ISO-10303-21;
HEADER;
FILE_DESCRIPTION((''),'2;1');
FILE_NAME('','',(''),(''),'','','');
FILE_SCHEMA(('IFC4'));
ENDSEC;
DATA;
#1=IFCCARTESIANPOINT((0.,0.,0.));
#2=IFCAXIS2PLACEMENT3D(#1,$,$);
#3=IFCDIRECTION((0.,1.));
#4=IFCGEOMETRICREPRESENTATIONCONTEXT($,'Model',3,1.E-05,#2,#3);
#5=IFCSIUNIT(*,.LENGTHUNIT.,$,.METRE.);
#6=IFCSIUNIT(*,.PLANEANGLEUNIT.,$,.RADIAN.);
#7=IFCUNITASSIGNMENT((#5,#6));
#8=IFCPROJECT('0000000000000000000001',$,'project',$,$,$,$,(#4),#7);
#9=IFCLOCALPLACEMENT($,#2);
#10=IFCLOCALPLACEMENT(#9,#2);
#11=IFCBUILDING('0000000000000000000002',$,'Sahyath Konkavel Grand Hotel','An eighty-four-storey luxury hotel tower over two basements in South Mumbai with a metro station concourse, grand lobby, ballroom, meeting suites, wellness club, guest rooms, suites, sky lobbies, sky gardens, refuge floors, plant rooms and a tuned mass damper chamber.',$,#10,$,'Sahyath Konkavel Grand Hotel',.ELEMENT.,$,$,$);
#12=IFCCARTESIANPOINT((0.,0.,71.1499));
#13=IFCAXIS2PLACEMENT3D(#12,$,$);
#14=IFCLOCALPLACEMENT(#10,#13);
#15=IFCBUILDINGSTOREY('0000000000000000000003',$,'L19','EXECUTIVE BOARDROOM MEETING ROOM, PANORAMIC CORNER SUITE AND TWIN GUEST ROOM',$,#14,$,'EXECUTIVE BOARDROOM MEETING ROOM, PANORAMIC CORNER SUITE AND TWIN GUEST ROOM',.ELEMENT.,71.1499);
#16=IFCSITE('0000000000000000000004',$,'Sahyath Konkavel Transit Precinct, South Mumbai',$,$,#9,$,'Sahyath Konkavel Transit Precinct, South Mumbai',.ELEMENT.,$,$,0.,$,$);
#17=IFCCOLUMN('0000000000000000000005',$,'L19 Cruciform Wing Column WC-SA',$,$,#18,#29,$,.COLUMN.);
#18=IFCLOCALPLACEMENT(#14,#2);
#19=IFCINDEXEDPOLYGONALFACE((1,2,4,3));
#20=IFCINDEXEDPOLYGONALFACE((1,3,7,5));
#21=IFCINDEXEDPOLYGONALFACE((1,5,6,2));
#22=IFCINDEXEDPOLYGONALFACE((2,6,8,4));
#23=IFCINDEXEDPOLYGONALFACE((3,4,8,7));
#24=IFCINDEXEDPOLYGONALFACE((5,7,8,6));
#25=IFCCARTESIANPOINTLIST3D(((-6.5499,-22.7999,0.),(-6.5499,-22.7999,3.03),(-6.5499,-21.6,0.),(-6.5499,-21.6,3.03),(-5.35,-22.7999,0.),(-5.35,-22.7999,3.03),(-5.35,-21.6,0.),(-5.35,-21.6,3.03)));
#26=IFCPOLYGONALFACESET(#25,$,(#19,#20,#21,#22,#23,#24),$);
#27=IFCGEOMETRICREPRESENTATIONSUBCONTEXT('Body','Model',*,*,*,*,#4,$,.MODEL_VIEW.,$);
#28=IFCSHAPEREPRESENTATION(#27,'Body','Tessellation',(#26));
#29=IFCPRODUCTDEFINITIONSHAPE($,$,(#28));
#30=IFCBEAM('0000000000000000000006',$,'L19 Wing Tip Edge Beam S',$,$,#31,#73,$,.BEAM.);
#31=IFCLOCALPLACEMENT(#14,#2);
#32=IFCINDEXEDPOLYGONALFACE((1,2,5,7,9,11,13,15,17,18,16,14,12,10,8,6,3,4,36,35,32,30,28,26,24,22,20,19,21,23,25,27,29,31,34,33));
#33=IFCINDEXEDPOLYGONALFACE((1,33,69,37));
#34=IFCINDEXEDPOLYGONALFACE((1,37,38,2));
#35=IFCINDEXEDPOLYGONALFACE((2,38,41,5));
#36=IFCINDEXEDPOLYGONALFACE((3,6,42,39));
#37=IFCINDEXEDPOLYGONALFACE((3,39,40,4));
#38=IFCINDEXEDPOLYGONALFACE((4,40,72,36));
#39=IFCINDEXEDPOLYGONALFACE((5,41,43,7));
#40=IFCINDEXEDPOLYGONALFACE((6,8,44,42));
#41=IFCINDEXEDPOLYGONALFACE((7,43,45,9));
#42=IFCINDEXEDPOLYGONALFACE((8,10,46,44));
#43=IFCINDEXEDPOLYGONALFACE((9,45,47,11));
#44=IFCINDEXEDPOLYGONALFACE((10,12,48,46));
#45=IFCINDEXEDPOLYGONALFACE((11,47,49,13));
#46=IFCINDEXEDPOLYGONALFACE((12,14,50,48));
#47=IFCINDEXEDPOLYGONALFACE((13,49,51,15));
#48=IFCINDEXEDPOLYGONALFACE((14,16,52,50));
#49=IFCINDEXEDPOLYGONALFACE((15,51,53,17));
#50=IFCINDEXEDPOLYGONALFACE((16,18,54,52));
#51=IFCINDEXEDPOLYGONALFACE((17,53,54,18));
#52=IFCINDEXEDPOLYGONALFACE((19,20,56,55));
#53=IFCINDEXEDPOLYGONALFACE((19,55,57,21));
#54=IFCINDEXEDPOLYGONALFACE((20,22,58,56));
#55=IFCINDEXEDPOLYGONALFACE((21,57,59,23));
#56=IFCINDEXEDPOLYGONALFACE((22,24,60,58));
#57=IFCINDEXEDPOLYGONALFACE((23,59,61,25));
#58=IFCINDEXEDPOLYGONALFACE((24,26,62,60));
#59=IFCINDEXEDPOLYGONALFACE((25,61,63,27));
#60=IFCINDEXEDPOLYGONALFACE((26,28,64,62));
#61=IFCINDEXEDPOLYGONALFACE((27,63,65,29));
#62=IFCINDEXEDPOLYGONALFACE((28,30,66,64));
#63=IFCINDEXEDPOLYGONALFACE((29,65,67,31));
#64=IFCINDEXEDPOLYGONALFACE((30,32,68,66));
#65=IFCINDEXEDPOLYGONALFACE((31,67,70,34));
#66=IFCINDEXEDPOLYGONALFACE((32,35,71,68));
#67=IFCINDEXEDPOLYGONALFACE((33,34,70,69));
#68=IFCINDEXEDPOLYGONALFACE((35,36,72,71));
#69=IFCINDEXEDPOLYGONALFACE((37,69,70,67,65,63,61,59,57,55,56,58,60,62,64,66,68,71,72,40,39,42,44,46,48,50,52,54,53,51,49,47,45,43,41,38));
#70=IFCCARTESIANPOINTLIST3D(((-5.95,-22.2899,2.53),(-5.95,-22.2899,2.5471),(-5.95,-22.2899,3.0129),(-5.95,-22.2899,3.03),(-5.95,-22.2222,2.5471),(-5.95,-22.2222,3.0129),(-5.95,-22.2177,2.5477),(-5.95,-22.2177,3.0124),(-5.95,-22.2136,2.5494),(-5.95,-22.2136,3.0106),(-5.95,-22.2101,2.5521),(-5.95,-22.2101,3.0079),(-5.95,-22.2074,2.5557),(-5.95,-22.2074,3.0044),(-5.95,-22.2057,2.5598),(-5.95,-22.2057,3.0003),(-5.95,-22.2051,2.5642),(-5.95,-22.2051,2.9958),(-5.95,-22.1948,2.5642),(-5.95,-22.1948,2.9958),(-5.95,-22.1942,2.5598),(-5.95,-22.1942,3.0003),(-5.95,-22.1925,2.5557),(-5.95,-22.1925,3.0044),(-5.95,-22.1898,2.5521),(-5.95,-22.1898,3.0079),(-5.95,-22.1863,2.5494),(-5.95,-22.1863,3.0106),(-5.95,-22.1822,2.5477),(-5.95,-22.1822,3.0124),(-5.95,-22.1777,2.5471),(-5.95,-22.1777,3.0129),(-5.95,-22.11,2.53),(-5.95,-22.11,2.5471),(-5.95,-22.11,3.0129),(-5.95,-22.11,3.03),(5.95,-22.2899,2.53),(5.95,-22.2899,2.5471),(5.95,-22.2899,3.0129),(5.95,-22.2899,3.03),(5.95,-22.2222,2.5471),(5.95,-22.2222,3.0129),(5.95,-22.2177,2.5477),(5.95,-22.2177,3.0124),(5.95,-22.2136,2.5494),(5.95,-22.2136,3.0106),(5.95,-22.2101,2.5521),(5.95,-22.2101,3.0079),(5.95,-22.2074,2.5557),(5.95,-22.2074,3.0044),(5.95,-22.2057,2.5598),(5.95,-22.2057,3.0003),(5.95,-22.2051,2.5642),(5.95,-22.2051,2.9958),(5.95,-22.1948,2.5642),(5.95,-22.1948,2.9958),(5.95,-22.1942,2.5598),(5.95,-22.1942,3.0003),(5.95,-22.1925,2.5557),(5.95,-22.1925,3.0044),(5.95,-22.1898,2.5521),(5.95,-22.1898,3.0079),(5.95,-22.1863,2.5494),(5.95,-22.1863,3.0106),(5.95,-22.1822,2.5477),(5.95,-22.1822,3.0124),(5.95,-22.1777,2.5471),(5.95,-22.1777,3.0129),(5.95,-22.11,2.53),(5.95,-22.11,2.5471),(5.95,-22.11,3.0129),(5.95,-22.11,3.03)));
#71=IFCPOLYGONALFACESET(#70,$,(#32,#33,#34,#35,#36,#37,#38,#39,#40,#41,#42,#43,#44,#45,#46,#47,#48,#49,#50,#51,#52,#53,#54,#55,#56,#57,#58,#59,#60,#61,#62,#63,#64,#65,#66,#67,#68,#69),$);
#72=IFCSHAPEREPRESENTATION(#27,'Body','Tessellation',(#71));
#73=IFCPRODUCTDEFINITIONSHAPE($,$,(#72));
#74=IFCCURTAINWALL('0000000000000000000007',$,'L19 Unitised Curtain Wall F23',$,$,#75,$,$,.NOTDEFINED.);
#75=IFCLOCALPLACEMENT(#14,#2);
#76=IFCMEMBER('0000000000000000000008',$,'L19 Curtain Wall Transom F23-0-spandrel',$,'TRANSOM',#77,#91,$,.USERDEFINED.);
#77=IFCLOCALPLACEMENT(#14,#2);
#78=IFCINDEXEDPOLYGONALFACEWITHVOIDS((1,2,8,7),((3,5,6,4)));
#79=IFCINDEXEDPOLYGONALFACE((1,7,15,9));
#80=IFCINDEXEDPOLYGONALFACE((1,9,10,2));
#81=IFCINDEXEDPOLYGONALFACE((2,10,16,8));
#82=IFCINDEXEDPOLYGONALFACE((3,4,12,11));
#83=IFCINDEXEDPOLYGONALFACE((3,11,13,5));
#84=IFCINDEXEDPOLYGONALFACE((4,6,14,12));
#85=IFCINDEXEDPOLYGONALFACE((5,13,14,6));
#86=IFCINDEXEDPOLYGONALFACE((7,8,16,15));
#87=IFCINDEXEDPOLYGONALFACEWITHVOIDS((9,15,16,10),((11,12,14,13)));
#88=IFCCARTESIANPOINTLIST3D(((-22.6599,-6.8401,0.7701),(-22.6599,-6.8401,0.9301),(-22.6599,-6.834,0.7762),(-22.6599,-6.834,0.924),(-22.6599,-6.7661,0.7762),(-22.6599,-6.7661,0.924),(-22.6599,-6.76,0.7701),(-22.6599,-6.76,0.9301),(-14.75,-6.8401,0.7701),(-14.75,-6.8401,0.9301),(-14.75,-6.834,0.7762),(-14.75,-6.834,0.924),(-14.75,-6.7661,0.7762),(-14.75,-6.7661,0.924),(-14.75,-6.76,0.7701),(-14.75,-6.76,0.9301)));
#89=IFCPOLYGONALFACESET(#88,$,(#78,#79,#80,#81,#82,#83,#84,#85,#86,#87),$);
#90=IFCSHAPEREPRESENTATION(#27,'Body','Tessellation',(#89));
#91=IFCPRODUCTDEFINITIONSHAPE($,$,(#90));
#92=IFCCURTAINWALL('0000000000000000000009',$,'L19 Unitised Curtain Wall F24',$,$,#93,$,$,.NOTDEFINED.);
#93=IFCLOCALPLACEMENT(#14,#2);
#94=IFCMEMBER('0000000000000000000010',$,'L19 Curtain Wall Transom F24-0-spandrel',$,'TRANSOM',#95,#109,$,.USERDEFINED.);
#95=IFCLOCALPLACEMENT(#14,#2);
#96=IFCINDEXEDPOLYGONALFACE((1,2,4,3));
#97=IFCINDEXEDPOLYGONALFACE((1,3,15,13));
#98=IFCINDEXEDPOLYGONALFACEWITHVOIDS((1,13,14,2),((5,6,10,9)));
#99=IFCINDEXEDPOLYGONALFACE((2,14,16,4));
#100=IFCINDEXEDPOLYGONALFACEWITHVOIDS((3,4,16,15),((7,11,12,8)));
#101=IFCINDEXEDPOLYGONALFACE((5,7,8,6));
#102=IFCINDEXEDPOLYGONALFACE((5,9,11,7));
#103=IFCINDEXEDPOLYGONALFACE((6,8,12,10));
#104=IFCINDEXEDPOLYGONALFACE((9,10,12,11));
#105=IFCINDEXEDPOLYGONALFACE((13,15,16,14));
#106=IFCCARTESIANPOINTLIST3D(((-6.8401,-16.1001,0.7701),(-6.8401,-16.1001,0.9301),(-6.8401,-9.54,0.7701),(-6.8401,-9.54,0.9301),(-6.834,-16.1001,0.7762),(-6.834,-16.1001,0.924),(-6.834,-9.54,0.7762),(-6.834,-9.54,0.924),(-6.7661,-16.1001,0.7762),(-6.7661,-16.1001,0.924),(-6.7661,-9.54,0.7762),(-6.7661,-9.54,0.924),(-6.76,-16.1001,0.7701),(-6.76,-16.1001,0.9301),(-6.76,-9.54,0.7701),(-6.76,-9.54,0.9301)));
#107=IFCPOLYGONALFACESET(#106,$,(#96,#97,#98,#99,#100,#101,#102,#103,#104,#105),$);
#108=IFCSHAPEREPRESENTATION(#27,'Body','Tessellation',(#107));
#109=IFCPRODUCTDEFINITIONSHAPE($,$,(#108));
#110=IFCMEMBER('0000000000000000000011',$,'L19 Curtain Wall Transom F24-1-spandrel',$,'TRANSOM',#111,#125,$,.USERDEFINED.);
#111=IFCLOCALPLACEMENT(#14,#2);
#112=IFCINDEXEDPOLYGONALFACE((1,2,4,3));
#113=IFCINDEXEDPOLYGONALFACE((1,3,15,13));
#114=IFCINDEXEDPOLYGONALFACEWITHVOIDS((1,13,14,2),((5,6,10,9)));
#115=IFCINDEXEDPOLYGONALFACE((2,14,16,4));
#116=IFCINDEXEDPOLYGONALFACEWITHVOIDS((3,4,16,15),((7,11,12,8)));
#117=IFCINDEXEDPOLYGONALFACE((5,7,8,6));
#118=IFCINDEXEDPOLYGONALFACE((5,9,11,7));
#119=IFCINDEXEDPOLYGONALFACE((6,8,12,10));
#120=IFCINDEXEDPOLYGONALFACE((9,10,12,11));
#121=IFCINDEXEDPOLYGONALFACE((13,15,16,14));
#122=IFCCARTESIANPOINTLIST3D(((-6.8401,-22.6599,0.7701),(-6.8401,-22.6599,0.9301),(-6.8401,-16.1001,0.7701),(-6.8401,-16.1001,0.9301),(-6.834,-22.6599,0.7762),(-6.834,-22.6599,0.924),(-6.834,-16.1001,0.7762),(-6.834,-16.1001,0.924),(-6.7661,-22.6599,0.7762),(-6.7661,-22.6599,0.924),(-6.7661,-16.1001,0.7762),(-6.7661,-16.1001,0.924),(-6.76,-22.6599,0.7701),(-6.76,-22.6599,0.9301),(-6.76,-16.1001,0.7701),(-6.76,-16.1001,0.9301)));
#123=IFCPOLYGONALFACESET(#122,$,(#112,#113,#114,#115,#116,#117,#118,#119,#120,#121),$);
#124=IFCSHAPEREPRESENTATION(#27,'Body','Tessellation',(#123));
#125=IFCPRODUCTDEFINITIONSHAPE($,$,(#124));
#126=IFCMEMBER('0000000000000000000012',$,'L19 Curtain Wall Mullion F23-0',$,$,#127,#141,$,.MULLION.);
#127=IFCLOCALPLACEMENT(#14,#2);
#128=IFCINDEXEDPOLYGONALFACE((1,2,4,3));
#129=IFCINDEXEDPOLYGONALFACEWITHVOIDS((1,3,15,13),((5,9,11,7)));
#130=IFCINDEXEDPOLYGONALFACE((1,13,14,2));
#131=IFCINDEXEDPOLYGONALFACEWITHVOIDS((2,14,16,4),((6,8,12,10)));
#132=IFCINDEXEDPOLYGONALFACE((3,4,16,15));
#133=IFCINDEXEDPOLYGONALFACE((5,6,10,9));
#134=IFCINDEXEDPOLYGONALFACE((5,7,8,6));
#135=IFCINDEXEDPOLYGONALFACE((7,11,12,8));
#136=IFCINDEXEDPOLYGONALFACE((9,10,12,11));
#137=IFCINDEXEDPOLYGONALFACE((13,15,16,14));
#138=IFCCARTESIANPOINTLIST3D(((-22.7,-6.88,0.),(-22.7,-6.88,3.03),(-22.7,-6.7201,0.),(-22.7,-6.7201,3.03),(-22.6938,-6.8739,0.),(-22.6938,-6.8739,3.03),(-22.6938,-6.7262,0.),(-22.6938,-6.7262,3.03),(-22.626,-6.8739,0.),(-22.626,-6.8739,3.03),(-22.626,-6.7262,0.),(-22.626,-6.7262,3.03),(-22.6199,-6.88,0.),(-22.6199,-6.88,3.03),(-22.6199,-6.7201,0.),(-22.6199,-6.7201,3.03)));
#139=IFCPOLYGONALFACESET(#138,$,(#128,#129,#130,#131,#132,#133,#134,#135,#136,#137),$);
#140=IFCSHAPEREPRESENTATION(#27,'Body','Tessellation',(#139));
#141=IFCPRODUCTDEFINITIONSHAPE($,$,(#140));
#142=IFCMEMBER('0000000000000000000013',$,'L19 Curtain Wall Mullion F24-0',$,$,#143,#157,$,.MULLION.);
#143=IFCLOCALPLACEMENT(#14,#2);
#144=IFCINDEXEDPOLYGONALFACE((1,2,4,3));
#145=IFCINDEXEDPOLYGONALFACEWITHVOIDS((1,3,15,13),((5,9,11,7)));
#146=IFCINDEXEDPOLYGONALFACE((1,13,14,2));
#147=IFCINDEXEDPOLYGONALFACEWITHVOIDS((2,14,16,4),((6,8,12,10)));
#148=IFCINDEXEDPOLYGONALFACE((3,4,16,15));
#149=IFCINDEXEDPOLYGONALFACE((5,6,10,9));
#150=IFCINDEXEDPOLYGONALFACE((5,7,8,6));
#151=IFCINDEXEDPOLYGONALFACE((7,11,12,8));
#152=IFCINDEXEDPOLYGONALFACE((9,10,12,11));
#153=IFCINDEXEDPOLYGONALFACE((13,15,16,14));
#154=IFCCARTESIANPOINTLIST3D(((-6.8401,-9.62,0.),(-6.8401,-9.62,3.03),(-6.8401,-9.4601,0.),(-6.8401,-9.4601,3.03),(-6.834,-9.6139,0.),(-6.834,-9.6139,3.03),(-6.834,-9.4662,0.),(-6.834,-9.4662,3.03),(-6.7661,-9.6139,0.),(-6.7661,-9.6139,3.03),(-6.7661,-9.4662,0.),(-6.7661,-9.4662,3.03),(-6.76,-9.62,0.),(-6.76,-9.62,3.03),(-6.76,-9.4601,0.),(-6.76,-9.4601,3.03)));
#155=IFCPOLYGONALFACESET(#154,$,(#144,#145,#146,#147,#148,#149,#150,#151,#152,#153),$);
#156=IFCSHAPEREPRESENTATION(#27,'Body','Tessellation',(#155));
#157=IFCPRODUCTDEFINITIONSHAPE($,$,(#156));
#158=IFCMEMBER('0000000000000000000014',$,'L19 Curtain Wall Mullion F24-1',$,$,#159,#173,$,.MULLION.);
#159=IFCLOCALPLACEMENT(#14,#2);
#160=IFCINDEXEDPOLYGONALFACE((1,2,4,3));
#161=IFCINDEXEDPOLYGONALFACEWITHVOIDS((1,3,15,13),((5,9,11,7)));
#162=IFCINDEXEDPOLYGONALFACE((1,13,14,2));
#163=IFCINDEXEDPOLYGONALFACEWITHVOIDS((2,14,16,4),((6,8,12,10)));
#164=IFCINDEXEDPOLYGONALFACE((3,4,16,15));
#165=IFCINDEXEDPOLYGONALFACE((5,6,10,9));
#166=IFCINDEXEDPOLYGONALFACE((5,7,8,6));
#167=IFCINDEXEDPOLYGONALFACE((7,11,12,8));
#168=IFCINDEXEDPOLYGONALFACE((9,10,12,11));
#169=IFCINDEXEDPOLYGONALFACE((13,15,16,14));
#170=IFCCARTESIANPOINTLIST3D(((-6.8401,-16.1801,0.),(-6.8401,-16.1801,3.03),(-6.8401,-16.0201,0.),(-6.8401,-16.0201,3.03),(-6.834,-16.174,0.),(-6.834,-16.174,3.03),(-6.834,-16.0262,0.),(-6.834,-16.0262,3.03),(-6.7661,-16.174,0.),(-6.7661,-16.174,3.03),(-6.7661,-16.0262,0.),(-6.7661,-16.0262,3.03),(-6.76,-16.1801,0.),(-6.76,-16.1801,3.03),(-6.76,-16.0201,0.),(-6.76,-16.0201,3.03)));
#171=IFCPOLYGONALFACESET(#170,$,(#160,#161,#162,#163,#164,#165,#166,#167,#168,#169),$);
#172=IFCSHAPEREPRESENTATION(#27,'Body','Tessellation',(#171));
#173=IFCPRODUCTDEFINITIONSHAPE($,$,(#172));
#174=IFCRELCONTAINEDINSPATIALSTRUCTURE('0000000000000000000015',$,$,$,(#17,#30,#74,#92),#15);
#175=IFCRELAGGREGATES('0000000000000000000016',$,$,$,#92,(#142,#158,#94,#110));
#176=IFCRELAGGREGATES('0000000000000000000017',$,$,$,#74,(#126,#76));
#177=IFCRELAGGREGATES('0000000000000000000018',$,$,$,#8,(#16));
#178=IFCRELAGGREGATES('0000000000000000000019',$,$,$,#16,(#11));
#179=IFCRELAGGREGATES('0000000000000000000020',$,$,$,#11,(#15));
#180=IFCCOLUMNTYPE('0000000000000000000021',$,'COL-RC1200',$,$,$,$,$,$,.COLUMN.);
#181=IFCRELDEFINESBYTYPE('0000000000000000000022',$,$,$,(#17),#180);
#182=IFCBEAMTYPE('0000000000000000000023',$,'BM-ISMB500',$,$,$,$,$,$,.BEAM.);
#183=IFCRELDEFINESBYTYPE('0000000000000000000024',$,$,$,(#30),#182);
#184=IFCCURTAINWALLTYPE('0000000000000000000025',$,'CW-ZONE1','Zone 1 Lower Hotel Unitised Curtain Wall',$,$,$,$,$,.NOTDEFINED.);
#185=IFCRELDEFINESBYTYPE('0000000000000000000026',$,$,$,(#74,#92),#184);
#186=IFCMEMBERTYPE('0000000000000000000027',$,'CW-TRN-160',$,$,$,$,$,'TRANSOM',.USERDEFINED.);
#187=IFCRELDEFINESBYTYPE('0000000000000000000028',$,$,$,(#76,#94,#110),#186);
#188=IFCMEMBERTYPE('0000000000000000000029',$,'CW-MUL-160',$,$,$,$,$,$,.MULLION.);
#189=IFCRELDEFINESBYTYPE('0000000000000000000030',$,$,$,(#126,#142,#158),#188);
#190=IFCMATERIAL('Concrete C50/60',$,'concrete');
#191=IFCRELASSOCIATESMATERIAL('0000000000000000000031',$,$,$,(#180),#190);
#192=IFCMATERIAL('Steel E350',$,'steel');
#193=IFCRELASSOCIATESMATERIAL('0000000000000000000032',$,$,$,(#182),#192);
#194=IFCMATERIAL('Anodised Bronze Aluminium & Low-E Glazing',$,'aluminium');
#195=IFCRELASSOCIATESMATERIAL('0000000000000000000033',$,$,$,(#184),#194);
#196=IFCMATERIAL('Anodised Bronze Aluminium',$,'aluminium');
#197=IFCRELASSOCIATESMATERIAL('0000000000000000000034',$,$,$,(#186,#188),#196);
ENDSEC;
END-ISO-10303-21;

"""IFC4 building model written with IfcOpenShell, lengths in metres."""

from ifc_helpers import new_model, si_unit, direction, frame, origin, origin_2d, place, context, subcontext, project, spatial, rectangle, hollow_rectangle, i_section, extrude, source, transform, mapped, material, material_profile, profile_set, type_object, element, aggregate, save


model = new_model("IFC4")

# Units and contexts
model_context = context("Model", 3, precision=1e-05, world=origin(), true_north=direction((0.0, 1.0)))
body_context = subcontext(model_context, "Body", "Model", "MODEL_VIEW")
ifc_project = project(units=[si_unit("LENGTHUNIT", "METRE"), si_unit("PLANEANGLEUNIT", "RADIAN")], contexts=[model_context])

# Site, building, storey
site_placement = place(None, origin())
site = spatial("IfcSite", under=ifc_project, at=site_placement, Name="Sahyath Konkavel Transit Precinct, South Mumbai", LongName="Sahyath Konkavel Transit Precinct, South Mumbai", CompositionType="ELEMENT", RefElevation=0.0)
building_placement = place(site_placement, origin())
building = spatial("IfcBuilding", under=site, at=building_placement, Name="Sahyath Konkavel Grand Hotel", Description="An eighty-four-storey luxury hotel tower over two basements in South Mumbai with a metro station concourse, grand lobby, ballroom, meeting suites, wellness club, guest rooms, suites, sky lobbies, sky gardens, refuge floors, plant rooms and a tuned mass damper chamber.", LongName="Sahyath Konkavel Grand Hotel", CompositionType="ELEMENT")
storey_placement = place(building_placement, frame((0.0, 0.0, 71.1499)))
storey = spatial("IfcBuildingStorey", under=building, at=storey_placement, Name="L19", Description="EXECUTIVE BOARDROOM MEETING ROOM, PANORAMIC CORNER SUITE AND TWIN GUEST ROOM", LongName="EXECUTIVE BOARDROOM MEETING ROOM, PANORAMIC CORNER SUITE AND TWIN GUEST ROOM", CompositionType="ELEMENT", Elevation=71.1499)

# Column
ifc_material_1 = material(Name="Concrete C50/60", Category="concrete")
ifc_material_profile_1 = material_profile(ifc_material_1, rectangle(XDim=1.2, YDim=1.2, at=origin_2d()), Name="RC 1200x1200")
ifc_profile_set_1 = profile_set([ifc_material_profile_1], Name="Concrete C50/60")
column_type = type_object("IfcColumnType", Name="COL-RC1200", PredefinedType="COLUMN", material=ifc_profile_set_1)
shared_shape_1 = source(origin(), body_context, "Body", "SweptSolid", [
    extrude(rectangle(XDim=1.2, YDim=1.2, at=origin_2d()), origin(), (0.0, 0.0, 1.0), 3.03),
])
column_placement = place(storey_placement, frame((-5.95, -22.2, 0.0), z_axis=(0.0, 0.0, 1.0), x_axis=(1.0, 0.0, 0.0)))
element("IfcColumn", 1, at=column_placement, inside=storey, type_object=column_type, Name="L19 Cruciform Wing Column WC-SA", PredefinedType="COLUMN", context=body_context, shape_type="MappedRepresentation", body=[
    mapped(shared_shape_1, transform((0.0, 0.0, 0.0), scale=1.0)),
])

# Beam
ifc_material_2 = material(Name="Steel E350", Category="steel")
ifc_material_profile_2 = material_profile(ifc_material_2, i_section(OverallWidth=0.1799, OverallDepth=0.5, WebThickness=0.0103, FlangeThickness=0.0171, FilletRadius=0.0171, at=origin_2d()), Name="ISMB 500")
ifc_profile_set_2 = profile_set([ifc_material_profile_2], Name="Steel E350")
beam_type = type_object("IfcBeamType", Name="BM-ISMB500", PredefinedType="BEAM", material=ifc_profile_set_2)
shared_shape_2 = source(origin(), body_context, "Body", "SweptSolid", [
    extrude(i_section(OverallWidth=0.1799, OverallDepth=0.5, WebThickness=0.0103, FlangeThickness=0.0171, FilletRadius=0.0171, at=origin_2d()), origin(), (0.0, 0.0, 1.0), 11.8999),
])
beam_placement = place(storey_placement, frame((-5.95, -22.2, 2.78), z_axis=(1.0, 0.0, 0.0), x_axis=(0.0, 1.0, 0.0)))
element("IfcBeam", 2, at=beam_placement, inside=storey, type_object=beam_type, Name="L19 Wing Tip Edge Beam S", PredefinedType="BEAM", context=body_context, shape_type="MappedRepresentation", body=[
    mapped(shared_shape_2, transform((0.0, 0.0, 0.0), scale=1.0)),
])

# Curtain wall, member
ifc_material_3 = material(Name="Anodised Bronze Aluminium & Low-E Glazing", Category="aluminium")
curtain_wall_type = type_object("IfcCurtainWallType", Name="CW-ZONE1", Description="Zone 1 Lower Hotel Unitised Curtain Wall", PredefinedType="NOTDEFINED", material=ifc_material_3)
curtain_wall_1_placement = place(storey_placement, origin())
curtain_wall_1 = element("IfcCurtainWall", 3, at=curtain_wall_1_placement, inside=storey, type_object=curtain_wall_type, Name="L19 Unitised Curtain Wall F23", PredefinedType="NOTDEFINED")
ifc_material_4 = material(Name="Anodised Bronze Aluminium", Category="aluminium")
ifc_material_profile_3 = material_profile(ifc_material_4, hollow_rectangle(XDim=0.0801, YDim=0.1599, WallThickness=0.0061, at=origin_2d()), Name="RHS 160x80x6")
ifc_profile_set_3 = profile_set([ifc_material_profile_3], Name="Anodised Bronze Aluminium")
member_type_1 = type_object("IfcMemberType", Name="CW-TRN-160", ElementType="TRANSOM", PredefinedType="USERDEFINED", material=ifc_profile_set_3)
shared_shape_3 = source(origin(), body_context, "Body", "SweptSolid", [
    extrude(hollow_rectangle(XDim=0.0801, YDim=0.1599, WallThickness=0.0061, at=origin_2d()), origin(), (0.0, 0.0, 1.0), 7.9099),
])
member_1_placement = place(storey_placement, frame((-22.6599, -6.8, 0.8501), z_axis=(1.0, 0.0, 0.0), x_axis=(0.0, 1.0, 0.0)))
member_1 = element("IfcMember", 4, at=member_1_placement, type_object=member_type_1, Name="L19 Curtain Wall Transom F23-0-spandrel", ObjectType="TRANSOM", PredefinedType="USERDEFINED", context=body_context, shape_type="MappedRepresentation", body=[
    mapped(shared_shape_3, transform((0.0, 0.0, 0.0), scale=1.0)),
])

# Curtain wall, members
curtain_wall_2_placement = place(storey_placement, origin())
curtain_wall_2 = element("IfcCurtainWall", 5, at=curtain_wall_2_placement, inside=storey, type_object=curtain_wall_type, Name="L19 Unitised Curtain Wall F24", PredefinedType="NOTDEFINED")
shared_shape_4 = source(origin(), body_context, "Body", "SweptSolid", [
    extrude(hollow_rectangle(XDim=0.0801, YDim=0.1599, WallThickness=0.0061, at=origin_2d()), origin(), (0.0, 0.0, 1.0), 6.5601),
])
member_2_placement = place(storey_placement, frame((-6.8, -9.54, 0.8501), z_axis=(0.0, -1.0, 0.0), x_axis=(1.0, 0.0, 0.0)))
member_2 = element("IfcMember", 6, at=member_2_placement, type_object=member_type_1, Name="L19 Curtain Wall Transom F24-0-spandrel", ObjectType="TRANSOM", PredefinedType="USERDEFINED", context=body_context, shape_type="MappedRepresentation", body=[
    mapped(shared_shape_4, transform((0.0, 0.0, 0.0), scale=1.0)),
])
shared_shape_5 = source(origin(), body_context, "Body", "SweptSolid", [
    extrude(hollow_rectangle(XDim=0.0801, YDim=0.1599, WallThickness=0.0061, at=origin_2d()), origin(), (0.0, 0.0, 1.0), 6.5598),
])
member_3_placement = place(storey_placement, frame((-6.8, -16.1001, 0.8501), z_axis=(0.0, -1.0, 0.0), x_axis=(1.0, 0.0, 0.0)))
member_3 = element("IfcMember", 7, at=member_3_placement, type_object=member_type_1, Name="L19 Curtain Wall Transom F24-1-spandrel", ObjectType="TRANSOM", PredefinedType="USERDEFINED", context=body_context, shape_type="MappedRepresentation", body=[
    mapped(shared_shape_5, transform((0.0, 0.0, 0.0), scale=1.0)),
])

# Members
ifc_material_profile_4 = material_profile(ifc_material_4, hollow_rectangle(XDim=0.0801, YDim=0.1599, WallThickness=0.0061, at=origin_2d()), Name="RHS 160x80x6")
ifc_profile_set_4 = profile_set([ifc_material_profile_4], Name="Anodised Bronze Aluminium")
member_type_2 = type_object("IfcMemberType", Name="CW-MUL-160", PredefinedType="MULLION", material=ifc_profile_set_4)
shared_shape_6 = source(origin(), body_context, "Body", "SweptSolid", [
    extrude(hollow_rectangle(XDim=0.0801, YDim=0.1599, WallThickness=0.0061, at=origin_2d()), origin(), (0.0, 0.0, 1.0), 3.03),
])
member_4_placement = place(storey_placement, frame((-22.6599, -6.8, 0.0), z_axis=(0.0, 0.0, 1.0), x_axis=(1.0, 0.0, 0.0)))
member_4 = element("IfcMember", 8, at=member_4_placement, type_object=member_type_2, Name="L19 Curtain Wall Mullion F23-0", PredefinedType="MULLION", context=body_context, shape_type="MappedRepresentation", body=[
    mapped(shared_shape_6, transform((0.0, 0.0, 0.0), scale=1.0)),
])
member_5_placement = place(storey_placement, frame((-6.8, -9.54, 0.0), z_axis=(0.0, 0.0, 1.0), x_axis=(1.0, 0.0, 0.0)))
member_5 = element("IfcMember", 9, at=member_5_placement, type_object=member_type_2, Name="L19 Curtain Wall Mullion F24-0", PredefinedType="MULLION", context=body_context, shape_type="MappedRepresentation", body=[
    mapped(shared_shape_6, transform((0.0, 0.0, 0.0), scale=1.0)),
])
member_6_placement = place(storey_placement, frame((-6.8, -16.1001, 0.0), z_axis=(0.0, 0.0, 1.0), x_axis=(1.0, 0.0, 0.0)))
member_6 = element("IfcMember", 10, at=member_6_placement, type_object=member_type_2, Name="L19 Curtain Wall Mullion F24-1", PredefinedType="MULLION", context=body_context, shape_type="MappedRepresentation", body=[
    mapped(shared_shape_6, transform((0.0, 0.0, 0.0), scale=1.0)),
])

aggregate(curtain_wall_2, [member_5, member_6, member_2, member_3])
aggregate(curtain_wall_1, [member_4, member_1])

save(model, "model.ifc")
